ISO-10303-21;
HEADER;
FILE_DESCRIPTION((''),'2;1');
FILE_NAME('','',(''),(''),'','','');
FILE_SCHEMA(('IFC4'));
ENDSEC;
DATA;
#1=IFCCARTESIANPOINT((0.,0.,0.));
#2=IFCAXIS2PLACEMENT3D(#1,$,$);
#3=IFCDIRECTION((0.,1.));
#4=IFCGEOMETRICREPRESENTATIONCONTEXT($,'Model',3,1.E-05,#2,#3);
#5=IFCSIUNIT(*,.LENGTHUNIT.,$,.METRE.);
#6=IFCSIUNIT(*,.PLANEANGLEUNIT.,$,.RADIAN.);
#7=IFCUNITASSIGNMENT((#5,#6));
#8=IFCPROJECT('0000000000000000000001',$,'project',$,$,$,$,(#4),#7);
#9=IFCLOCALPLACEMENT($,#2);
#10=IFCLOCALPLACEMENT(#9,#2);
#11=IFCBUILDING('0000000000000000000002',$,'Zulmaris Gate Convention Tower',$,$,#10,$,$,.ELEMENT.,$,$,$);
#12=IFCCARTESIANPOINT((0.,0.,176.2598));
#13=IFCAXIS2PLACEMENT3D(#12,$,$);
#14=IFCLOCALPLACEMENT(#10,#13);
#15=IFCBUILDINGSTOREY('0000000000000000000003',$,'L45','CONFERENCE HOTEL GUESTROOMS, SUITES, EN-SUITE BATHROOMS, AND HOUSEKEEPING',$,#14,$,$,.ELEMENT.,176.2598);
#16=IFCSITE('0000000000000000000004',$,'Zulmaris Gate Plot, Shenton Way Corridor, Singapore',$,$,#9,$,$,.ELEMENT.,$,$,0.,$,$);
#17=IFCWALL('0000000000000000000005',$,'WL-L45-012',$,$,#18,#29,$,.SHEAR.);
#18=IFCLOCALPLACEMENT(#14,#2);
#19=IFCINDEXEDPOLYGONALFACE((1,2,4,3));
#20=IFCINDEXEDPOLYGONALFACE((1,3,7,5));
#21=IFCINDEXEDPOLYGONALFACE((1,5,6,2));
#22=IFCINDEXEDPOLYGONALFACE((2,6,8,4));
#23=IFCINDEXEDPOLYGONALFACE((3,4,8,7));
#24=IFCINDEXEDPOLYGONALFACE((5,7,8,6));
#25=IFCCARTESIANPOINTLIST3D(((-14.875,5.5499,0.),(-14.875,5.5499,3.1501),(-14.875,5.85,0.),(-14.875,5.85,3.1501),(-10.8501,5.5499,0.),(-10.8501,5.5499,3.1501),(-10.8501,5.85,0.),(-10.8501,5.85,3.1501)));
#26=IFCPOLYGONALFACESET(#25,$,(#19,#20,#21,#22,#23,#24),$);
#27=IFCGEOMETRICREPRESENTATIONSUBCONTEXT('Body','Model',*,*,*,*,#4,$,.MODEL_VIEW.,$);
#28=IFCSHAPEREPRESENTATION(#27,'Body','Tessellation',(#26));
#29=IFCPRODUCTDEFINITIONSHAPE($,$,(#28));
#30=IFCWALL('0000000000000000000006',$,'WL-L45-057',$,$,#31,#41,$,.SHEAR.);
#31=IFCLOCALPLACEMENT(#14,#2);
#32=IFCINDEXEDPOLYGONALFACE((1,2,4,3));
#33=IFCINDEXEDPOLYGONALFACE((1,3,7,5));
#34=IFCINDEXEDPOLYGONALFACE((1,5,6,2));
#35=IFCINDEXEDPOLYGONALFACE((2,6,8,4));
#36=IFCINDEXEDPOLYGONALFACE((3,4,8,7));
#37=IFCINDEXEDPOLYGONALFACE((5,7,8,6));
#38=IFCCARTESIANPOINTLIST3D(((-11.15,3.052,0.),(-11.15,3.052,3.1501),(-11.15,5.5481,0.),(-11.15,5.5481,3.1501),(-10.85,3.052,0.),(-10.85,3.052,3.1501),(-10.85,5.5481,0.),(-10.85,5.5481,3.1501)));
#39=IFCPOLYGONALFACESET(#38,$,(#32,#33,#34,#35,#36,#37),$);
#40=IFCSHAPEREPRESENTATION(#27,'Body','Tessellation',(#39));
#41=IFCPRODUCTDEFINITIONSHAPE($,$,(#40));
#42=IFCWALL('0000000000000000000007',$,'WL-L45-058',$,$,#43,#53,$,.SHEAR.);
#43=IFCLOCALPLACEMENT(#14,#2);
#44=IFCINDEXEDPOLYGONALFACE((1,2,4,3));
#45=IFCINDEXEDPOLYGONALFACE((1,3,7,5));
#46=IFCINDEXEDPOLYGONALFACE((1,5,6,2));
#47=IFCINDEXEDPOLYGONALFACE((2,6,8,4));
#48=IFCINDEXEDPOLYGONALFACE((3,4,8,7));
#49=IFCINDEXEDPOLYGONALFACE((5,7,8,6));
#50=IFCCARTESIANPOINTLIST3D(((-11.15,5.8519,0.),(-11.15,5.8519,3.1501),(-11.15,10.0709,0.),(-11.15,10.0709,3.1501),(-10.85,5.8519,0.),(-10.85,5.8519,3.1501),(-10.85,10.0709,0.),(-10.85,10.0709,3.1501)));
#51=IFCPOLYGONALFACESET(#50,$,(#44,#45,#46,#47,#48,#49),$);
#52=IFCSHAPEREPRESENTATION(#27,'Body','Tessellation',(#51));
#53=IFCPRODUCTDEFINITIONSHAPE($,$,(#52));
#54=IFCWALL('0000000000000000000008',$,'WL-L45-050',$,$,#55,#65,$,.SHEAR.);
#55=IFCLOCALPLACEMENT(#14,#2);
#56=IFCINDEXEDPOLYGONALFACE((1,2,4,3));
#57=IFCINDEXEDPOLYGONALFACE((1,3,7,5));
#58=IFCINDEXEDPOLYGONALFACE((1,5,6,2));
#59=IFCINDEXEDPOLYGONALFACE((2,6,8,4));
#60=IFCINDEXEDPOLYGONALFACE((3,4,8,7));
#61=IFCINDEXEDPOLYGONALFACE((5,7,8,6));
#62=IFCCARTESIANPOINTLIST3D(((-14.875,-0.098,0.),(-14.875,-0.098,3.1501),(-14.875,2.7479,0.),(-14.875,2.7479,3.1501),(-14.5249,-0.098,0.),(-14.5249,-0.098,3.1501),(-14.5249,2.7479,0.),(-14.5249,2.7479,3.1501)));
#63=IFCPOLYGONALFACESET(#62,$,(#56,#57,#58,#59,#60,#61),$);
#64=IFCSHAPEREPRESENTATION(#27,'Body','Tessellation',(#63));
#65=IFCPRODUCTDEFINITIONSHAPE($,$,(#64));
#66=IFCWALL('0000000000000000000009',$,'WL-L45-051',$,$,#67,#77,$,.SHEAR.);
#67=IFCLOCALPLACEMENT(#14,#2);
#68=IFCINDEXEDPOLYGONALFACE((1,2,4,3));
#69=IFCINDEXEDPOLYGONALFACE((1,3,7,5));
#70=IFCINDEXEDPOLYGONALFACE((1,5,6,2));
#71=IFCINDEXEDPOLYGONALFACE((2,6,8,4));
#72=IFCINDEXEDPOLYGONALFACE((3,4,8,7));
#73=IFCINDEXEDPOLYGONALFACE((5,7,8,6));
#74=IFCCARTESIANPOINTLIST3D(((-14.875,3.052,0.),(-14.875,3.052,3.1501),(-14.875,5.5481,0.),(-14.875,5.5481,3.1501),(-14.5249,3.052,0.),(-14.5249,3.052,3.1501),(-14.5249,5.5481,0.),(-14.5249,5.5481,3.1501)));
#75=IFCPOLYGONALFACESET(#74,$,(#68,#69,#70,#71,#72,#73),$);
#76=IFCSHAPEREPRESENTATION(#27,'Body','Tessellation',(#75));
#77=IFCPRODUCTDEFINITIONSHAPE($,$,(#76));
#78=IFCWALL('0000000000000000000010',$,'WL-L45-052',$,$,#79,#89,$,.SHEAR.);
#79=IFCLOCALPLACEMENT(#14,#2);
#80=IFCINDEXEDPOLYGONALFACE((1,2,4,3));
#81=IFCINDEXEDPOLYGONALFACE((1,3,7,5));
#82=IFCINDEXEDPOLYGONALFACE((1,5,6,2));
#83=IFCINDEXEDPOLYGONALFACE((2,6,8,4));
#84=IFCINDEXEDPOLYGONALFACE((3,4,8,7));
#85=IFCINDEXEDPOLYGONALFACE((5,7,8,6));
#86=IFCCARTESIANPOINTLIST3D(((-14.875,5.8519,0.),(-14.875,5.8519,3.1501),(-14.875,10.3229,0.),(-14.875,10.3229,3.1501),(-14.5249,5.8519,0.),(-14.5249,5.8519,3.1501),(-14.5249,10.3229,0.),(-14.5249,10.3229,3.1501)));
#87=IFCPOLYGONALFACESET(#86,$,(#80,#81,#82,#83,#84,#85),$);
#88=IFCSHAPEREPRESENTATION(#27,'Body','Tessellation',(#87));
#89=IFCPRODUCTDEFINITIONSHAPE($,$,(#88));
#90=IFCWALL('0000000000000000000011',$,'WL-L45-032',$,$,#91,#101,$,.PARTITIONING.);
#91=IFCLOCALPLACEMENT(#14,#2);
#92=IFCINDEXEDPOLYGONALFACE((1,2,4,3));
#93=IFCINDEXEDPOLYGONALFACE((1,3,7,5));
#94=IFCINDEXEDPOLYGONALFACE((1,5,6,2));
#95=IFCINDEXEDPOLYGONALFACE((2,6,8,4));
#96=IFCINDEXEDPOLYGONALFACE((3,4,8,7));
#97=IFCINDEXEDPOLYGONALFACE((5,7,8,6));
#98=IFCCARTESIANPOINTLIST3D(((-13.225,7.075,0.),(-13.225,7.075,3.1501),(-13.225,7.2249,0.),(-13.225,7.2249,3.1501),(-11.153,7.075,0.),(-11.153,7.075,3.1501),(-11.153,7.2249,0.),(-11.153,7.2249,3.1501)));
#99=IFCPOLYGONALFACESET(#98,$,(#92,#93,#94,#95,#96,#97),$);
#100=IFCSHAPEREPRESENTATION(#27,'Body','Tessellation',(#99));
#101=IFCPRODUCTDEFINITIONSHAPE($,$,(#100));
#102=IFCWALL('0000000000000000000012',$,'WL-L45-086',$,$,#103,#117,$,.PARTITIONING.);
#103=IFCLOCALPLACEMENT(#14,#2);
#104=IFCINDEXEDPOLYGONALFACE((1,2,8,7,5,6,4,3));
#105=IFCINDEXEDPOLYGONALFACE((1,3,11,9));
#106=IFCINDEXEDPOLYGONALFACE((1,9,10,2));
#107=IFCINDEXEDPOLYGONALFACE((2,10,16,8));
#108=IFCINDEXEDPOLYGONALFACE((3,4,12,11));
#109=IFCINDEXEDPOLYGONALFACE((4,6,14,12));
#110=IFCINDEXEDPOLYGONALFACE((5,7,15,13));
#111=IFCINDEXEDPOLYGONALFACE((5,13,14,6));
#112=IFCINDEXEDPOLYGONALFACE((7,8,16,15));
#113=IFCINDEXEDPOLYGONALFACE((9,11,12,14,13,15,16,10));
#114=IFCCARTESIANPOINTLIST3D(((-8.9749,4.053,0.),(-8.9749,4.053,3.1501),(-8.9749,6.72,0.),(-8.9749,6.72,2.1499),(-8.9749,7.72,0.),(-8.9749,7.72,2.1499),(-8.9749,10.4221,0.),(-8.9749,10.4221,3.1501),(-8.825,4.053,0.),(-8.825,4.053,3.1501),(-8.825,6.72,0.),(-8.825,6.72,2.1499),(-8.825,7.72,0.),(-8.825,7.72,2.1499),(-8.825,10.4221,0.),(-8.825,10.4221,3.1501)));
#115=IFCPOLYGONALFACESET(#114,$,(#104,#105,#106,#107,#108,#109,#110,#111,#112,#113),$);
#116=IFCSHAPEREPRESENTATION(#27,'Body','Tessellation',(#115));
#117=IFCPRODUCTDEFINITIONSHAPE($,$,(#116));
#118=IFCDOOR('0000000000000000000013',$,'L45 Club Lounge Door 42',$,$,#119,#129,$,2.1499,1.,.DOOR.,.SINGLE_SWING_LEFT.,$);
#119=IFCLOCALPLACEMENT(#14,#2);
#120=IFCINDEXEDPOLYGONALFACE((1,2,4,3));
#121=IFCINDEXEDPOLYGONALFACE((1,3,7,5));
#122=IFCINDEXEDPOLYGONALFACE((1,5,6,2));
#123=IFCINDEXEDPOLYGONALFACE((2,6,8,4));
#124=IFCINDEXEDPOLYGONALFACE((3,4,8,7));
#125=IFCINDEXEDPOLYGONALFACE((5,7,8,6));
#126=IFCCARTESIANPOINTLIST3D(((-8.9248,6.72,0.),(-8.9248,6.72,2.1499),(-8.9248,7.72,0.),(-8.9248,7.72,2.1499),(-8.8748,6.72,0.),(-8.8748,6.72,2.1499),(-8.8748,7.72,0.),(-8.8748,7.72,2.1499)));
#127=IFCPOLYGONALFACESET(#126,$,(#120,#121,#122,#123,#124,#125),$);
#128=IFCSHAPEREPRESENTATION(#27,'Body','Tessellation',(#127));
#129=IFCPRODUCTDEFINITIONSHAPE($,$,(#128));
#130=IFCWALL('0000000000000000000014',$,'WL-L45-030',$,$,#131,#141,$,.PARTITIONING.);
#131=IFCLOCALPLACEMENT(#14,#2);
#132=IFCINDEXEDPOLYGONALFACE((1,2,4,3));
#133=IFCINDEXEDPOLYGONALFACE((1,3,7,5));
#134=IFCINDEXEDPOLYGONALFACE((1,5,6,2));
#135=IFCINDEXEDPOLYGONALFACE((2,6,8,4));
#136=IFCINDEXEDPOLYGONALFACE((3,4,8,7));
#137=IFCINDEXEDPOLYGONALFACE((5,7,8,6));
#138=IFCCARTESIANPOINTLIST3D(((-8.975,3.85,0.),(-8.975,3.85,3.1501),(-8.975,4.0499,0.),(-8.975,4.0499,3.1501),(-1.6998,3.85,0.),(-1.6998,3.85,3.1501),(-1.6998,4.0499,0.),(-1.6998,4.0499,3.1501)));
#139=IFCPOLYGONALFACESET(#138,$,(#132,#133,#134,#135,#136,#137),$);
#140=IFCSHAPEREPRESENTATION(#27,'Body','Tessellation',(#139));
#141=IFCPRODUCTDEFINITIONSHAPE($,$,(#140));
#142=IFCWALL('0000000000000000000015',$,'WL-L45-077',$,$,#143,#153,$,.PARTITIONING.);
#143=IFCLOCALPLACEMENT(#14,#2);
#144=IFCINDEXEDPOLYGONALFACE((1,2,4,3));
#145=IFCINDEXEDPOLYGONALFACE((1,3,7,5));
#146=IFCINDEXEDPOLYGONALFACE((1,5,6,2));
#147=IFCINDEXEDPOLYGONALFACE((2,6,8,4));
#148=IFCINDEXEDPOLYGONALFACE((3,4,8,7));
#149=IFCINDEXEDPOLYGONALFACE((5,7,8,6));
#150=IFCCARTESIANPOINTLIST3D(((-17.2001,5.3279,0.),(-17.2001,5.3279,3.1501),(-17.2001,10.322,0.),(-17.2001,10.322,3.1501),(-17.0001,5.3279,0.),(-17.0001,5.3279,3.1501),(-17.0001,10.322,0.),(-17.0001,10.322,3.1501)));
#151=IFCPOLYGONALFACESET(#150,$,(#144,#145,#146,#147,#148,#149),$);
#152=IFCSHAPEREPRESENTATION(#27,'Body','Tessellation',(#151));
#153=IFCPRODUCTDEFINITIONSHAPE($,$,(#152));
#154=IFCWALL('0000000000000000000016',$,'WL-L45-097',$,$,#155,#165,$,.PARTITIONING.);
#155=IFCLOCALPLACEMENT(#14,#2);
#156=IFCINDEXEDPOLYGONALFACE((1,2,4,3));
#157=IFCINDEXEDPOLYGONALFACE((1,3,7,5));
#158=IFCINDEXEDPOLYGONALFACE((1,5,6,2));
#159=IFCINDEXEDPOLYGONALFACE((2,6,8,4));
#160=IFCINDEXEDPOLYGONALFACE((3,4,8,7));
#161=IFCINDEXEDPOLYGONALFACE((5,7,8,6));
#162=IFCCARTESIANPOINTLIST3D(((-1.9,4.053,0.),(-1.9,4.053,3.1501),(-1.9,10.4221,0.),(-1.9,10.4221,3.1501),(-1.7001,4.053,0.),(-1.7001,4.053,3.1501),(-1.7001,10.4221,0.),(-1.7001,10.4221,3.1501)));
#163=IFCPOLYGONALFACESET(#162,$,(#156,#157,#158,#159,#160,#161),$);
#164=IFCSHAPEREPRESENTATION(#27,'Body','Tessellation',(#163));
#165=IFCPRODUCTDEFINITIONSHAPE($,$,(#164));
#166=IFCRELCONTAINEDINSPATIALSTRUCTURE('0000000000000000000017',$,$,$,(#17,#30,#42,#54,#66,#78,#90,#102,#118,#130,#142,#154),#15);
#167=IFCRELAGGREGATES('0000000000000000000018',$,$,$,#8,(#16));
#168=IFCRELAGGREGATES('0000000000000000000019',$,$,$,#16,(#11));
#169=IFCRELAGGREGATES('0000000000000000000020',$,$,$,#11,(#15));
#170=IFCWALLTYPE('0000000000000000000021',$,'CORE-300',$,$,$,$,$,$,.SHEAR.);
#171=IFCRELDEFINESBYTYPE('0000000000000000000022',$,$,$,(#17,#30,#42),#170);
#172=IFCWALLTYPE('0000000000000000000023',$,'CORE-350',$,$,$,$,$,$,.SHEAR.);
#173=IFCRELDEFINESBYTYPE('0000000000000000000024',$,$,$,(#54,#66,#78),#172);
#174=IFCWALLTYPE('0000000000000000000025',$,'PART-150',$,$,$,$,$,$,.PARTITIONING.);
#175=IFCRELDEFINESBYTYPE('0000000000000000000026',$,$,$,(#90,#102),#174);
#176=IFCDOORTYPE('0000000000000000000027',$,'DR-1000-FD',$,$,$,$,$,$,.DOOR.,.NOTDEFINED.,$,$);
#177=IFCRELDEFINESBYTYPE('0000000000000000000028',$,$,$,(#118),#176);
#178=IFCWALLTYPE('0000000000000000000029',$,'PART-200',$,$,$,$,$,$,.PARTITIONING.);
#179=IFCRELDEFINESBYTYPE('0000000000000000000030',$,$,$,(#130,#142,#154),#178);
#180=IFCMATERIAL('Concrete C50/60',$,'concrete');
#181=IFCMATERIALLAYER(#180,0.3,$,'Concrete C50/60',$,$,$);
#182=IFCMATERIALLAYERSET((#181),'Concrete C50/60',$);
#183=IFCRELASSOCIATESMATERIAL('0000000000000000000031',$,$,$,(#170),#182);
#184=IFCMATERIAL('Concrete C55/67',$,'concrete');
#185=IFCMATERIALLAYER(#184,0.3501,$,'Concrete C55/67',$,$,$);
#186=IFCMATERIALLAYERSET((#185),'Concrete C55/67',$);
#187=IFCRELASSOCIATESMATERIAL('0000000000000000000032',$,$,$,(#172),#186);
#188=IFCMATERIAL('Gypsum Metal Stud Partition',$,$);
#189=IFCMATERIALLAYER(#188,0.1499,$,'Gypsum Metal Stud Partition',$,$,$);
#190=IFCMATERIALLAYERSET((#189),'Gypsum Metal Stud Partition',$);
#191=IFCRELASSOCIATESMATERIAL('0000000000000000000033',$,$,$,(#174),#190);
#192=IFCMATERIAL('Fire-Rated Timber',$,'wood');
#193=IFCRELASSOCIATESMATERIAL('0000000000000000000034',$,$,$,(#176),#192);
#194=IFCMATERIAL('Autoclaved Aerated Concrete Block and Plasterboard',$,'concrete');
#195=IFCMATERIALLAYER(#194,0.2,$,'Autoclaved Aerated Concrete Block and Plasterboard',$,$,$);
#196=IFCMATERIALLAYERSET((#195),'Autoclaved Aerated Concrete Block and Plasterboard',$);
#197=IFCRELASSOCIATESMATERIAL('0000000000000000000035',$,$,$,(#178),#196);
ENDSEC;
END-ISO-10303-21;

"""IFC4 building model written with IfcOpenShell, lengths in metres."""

from ifc_helpers import new_model, si_unit, direction, frame, frame_2d, origin, place, context, subcontext, project, spatial, rectangle, extrude, material, layer, layer_set, type_object, element, fill, save


model = new_model("IFC4")

# Units and contexts
model_context = context("Model", 3, precision=1e-05, world=origin(), true_north=direction((0.0, 1.0)))
body_context = subcontext(model_context, "Body", "Model", "MODEL_VIEW")
ifc_project = project(units=[si_unit("LENGTHUNIT", "METRE"), si_unit("PLANEANGLEUNIT", "RADIAN")], contexts=[model_context])

# Site, building, storey
site_placement = place(None, origin())
site = spatial("IfcSite", under=ifc_project, at=site_placement, Name="Zulmaris Gate Plot, Shenton Way Corridor, Singapore", CompositionType="ELEMENT", RefElevation=0.0)
building_placement = place(site_placement, origin())
building = spatial("IfcBuilding", under=site, at=building_placement, Name="Zulmaris Gate Convention Tower", CompositionType="ELEMENT")
storey_placement = place(building_placement, frame((0.0, 0.0, 176.2598)))
storey = spatial("IfcBuildingStorey", under=building, at=storey_placement, Name="L45", Description="CONFERENCE HOTEL GUESTROOMS, SUITES, EN-SUITE BATHROOMS, AND HOUSEKEEPING", CompositionType="ELEMENT", Elevation=176.2598)

# Shared definitions
ifc_material_1 = material(Name="Concrete C50/60", Category="concrete")

# Shared definitions
ifc_layer_1 = layer(ifc_material_1, 0.3, Name="Concrete C50/60")
ifc_layer_set_1 = layer_set([ifc_layer_1], Name="Concrete C50/60")
wall_type_1 = type_object("IfcWallType", Name="CORE-300", PredefinedType="SHEAR", material=ifc_layer_set_1)

# Wall
wall_1_placement = place(storey_placement, frame((-14.875, 5.7, 0.0), z_axis=(0.0, 0.0, 1.0), x_axis=(1.0, 0.0, 0.0)))
element("IfcWall", 1, at=wall_1_placement, inside=storey, type_object=wall_type_1, Name="WL-L45-012", PredefinedType="SHEAR", context=body_context, shape_type="SweptSolid", body=[
    extrude(rectangle(XDim=4.0249, YDim=0.3, at=frame_2d((2.0125, 0.0))), origin(), (0.0, 0.0, 1.0), 3.1501),
])

# Walls
wall_2_placement = place(storey_placement, frame((-11.0, 3.052, 0.0), z_axis=(0.0, 0.0, 1.0), x_axis=(0.0, 1.0, 0.0)))
element("IfcWall", 2, at=wall_2_placement, inside=storey, type_object=wall_type_1, Name="WL-L45-057", PredefinedType="SHEAR", context=body_context, shape_type="SweptSolid", body=[
    extrude(rectangle(XDim=2.4961, YDim=0.3, at=frame_2d((1.248, 0.0))), origin(), (0.0, 0.0, 1.0), 3.1501),
])
wall_3_placement = place(storey_placement, frame((-11.0, 5.8521, 0.0), z_axis=(0.0, 0.0, 1.0), x_axis=(0.0, 1.0, 0.0)))
element("IfcWall", 3, at=wall_3_placement, inside=storey, type_object=wall_type_1, Name="WL-L45-058", PredefinedType="SHEAR", context=body_context, shape_type="SweptSolid", body=[
    extrude(rectangle(XDim=4.219, YDim=0.3, at=frame_2d((2.1094, 0.0))), origin(), (0.0, 0.0, 1.0), 3.1501),
])
ifc_material_2 = material(Name="Concrete C55/67", Category="concrete")
ifc_layer_2 = layer(ifc_material_2, 0.3501, Name="Concrete C55/67")
ifc_layer_set_2 = layer_set([ifc_layer_2], Name="Concrete C55/67")
wall_type_2 = type_object("IfcWallType", Name="CORE-350", PredefinedType="SHEAR", material=ifc_layer_set_2)
wall_4_placement = place(storey_placement, frame((-14.7, -0.0979, 0.0), z_axis=(0.0, 0.0, 1.0), x_axis=(0.0, 1.0, 0.0)))
element("IfcWall", 4, at=wall_4_placement, inside=storey, type_object=wall_type_2, Name="WL-L45-050", PredefinedType="SHEAR", context=body_context, shape_type="SweptSolid", body=[
    extrude(rectangle(XDim=2.8459, YDim=0.3501, at=frame_2d((1.4229, 0.0))), origin(), (0.0, 0.0, 1.0), 3.1501),
])
wall_5_placement = place(storey_placement, frame((-14.7, 3.052, 0.0), z_axis=(0.0, 0.0, 1.0), x_axis=(0.0, 1.0, 0.0)))
element("IfcWall", 5, at=wall_5_placement, inside=storey, type_object=wall_type_2, Name="WL-L45-051", PredefinedType="SHEAR", context=body_context, shape_type="SweptSolid", body=[
    extrude(rectangle(XDim=2.4961, YDim=0.3501, at=frame_2d((1.248, 0.0))), origin(), (0.0, 0.0, 1.0), 3.1501),
])
wall_6_placement = place(storey_placement, frame((-14.7, 5.8521, 0.0), z_axis=(0.0, 0.0, 1.0), x_axis=(0.0, 1.0, 0.0)))
element("IfcWall", 6, at=wall_6_placement, inside=storey, type_object=wall_type_2, Name="WL-L45-052", PredefinedType="SHEAR", context=body_context, shape_type="SweptSolid", body=[
    extrude(rectangle(XDim=4.4709, YDim=0.3501, at=frame_2d((2.2354, 0.0))), origin(), (0.0, 0.0, 1.0), 3.1501),
])
ifc_material_3 = material(Name="Gypsum Metal Stud Partition")
ifc_layer_3 = layer(ifc_material_3, 0.1499, Name="Gypsum Metal Stud Partition")
ifc_layer_set_3 = layer_set([ifc_layer_3], Name="Gypsum Metal Stud Partition")
wall_type_3 = type_object("IfcWallType", Name="PART-150", PredefinedType="PARTITIONING", material=ifc_layer_set_3)
wall_7_placement = place(storey_placement, frame((-13.2251, 7.1499, 0.0), z_axis=(0.0, 0.0, 1.0), x_axis=(1.0, 0.0, 0.0)))
element("IfcWall", 7, at=wall_7_placement, inside=storey, type_object=wall_type_3, Name="WL-L45-032", PredefinedType="PARTITIONING", context=body_context, shape_type="SweptSolid", body=[
    extrude(rectangle(XDim=2.072, YDim=0.1499, at=frame_2d((1.0361, 0.0))), origin(), (0.0, 0.0, 1.0), 3.1501),
])

# Wall, opening, door
ifc_material_4 = material(Name="Fire-Rated Timber", Category="wood")
wall_8_placement = place(storey_placement, frame((-8.8999, 4.053, 0.0), z_axis=(0.0, 0.0, 1.0), x_axis=(0.0, 1.0, 0.0)))
wall_8 = element("IfcWall", 8, at=wall_8_placement, inside=storey, type_object=wall_type_3, Name="WL-L45-086", PredefinedType="PARTITIONING", context=body_context, shape_type="SweptSolid", body=[
    extrude(rectangle(XDim=6.3691, YDim=0.1499, at=frame_2d((3.1846, 0.0))), origin(), (0.0, 0.0, 1.0), 3.1501),
])
opening_1_placement = place(wall_8_placement, frame((2.667, 0.0, 0.0)))
opening_1 = element("IfcOpeningElement", 9, at=opening_1_placement, cuts=wall_8, PredefinedType="OPENING", context=body_context, shape_type="SweptSolid", body=[
    extrude(rectangle(XDim=1.0, YDim=2.1499, at=frame_2d((0.5, 1.075))), frame((0.0, 0.085, 0.0), z_axis=(0.0, -1.0, 0.0), x_axis=(1.0, 0.0, 0.0)), (0.0, 0.0, 1.0), 0.1699),
])
door_type_1 = type_object("IfcDoorType", Name="DR-1000-FD", OperationType="NOTDEFINED", PredefinedType="DOOR", material=ifc_material_4)
door_1_placement = place(opening_1_placement, origin())
door_1 = element("IfcDoor", 10, at=door_1_placement, inside=storey, type_object=door_type_1, Name="L45 Club Lounge Door 42", OperationType="SINGLE_SWING_LEFT", OverallHeight=2.1499, OverallWidth=1.0, PredefinedType="DOOR", context=body_context, shape_type="SweptSolid", body=[
    extrude(rectangle(XDim=1.0, YDim=2.1499, at=frame_2d((0.5, 1.075))), frame((0.0, 0.0249, 0.0), z_axis=(0.0, -1.0, 0.0), x_axis=(1.0, 0.0, 0.0)), (0.0, 0.0, 1.0), 0.05),
])
fill(opening_1, door_1)

# Walls
ifc_material_5 = material(Name="Autoclaved Aerated Concrete Block and Plasterboard", Category="concrete")
ifc_layer_4 = layer(ifc_material_5, 0.2, Name="Autoclaved Aerated Concrete Block and Plasterboard")
ifc_layer_set_4 = layer_set([ifc_layer_4], Name="Autoclaved Aerated Concrete Block and Plasterboard")
wall_type_4 = type_object("IfcWallType", Name="PART-200", PredefinedType="PARTITIONING", material=ifc_layer_set_4)
wall_9_placement = place(storey_placement, frame((-8.9751, 3.95, 0.0), z_axis=(0.0, 0.0, 1.0), x_axis=(1.0, 0.0, 0.0)))
element("IfcWall", 11, at=wall_9_placement, inside=storey, type_object=wall_type_4, Name="WL-L45-030", PredefinedType="PARTITIONING", context=body_context, shape_type="SweptSolid", body=[
    extrude(rectangle(XDim=7.2751, YDim=0.2, at=frame_2d((3.6377, 0.0))), origin(), (0.0, 0.0, 1.0), 3.1501),
])
wall_10_placement = place(storey_placement, frame((-17.1001, 5.3279, 0.0), z_axis=(0.0, 0.0, 1.0), x_axis=(0.0, 1.0, 0.0)))
element("IfcWall", 12, at=wall_10_placement, inside=storey, type_object=wall_type_4, Name="WL-L45-077", PredefinedType="PARTITIONING", context=body_context, shape_type="SweptSolid", body=[
    extrude(rectangle(XDim=4.9941, YDim=0.2, at=frame_2d((2.4971, 0.0))), origin(), (0.0, 0.0, 1.0), 3.1501),
])
wall_11_placement = place(storey_placement, frame((-1.8, 4.053, 0.0), z_axis=(0.0, 0.0, 1.0), x_axis=(0.0, 1.0, 0.0)))
element("IfcWall", 13, at=wall_11_placement, inside=storey, type_object=wall_type_4, Name="WL-L45-097", PredefinedType="PARTITIONING", context=body_context, shape_type="SweptSolid", body=[
    extrude(rectangle(XDim=6.3691, YDim=0.2, at=frame_2d((3.1846, 0.0))), origin(), (0.0, 0.0, 1.0), 3.1501),
])

save(model, "model.ifc")
